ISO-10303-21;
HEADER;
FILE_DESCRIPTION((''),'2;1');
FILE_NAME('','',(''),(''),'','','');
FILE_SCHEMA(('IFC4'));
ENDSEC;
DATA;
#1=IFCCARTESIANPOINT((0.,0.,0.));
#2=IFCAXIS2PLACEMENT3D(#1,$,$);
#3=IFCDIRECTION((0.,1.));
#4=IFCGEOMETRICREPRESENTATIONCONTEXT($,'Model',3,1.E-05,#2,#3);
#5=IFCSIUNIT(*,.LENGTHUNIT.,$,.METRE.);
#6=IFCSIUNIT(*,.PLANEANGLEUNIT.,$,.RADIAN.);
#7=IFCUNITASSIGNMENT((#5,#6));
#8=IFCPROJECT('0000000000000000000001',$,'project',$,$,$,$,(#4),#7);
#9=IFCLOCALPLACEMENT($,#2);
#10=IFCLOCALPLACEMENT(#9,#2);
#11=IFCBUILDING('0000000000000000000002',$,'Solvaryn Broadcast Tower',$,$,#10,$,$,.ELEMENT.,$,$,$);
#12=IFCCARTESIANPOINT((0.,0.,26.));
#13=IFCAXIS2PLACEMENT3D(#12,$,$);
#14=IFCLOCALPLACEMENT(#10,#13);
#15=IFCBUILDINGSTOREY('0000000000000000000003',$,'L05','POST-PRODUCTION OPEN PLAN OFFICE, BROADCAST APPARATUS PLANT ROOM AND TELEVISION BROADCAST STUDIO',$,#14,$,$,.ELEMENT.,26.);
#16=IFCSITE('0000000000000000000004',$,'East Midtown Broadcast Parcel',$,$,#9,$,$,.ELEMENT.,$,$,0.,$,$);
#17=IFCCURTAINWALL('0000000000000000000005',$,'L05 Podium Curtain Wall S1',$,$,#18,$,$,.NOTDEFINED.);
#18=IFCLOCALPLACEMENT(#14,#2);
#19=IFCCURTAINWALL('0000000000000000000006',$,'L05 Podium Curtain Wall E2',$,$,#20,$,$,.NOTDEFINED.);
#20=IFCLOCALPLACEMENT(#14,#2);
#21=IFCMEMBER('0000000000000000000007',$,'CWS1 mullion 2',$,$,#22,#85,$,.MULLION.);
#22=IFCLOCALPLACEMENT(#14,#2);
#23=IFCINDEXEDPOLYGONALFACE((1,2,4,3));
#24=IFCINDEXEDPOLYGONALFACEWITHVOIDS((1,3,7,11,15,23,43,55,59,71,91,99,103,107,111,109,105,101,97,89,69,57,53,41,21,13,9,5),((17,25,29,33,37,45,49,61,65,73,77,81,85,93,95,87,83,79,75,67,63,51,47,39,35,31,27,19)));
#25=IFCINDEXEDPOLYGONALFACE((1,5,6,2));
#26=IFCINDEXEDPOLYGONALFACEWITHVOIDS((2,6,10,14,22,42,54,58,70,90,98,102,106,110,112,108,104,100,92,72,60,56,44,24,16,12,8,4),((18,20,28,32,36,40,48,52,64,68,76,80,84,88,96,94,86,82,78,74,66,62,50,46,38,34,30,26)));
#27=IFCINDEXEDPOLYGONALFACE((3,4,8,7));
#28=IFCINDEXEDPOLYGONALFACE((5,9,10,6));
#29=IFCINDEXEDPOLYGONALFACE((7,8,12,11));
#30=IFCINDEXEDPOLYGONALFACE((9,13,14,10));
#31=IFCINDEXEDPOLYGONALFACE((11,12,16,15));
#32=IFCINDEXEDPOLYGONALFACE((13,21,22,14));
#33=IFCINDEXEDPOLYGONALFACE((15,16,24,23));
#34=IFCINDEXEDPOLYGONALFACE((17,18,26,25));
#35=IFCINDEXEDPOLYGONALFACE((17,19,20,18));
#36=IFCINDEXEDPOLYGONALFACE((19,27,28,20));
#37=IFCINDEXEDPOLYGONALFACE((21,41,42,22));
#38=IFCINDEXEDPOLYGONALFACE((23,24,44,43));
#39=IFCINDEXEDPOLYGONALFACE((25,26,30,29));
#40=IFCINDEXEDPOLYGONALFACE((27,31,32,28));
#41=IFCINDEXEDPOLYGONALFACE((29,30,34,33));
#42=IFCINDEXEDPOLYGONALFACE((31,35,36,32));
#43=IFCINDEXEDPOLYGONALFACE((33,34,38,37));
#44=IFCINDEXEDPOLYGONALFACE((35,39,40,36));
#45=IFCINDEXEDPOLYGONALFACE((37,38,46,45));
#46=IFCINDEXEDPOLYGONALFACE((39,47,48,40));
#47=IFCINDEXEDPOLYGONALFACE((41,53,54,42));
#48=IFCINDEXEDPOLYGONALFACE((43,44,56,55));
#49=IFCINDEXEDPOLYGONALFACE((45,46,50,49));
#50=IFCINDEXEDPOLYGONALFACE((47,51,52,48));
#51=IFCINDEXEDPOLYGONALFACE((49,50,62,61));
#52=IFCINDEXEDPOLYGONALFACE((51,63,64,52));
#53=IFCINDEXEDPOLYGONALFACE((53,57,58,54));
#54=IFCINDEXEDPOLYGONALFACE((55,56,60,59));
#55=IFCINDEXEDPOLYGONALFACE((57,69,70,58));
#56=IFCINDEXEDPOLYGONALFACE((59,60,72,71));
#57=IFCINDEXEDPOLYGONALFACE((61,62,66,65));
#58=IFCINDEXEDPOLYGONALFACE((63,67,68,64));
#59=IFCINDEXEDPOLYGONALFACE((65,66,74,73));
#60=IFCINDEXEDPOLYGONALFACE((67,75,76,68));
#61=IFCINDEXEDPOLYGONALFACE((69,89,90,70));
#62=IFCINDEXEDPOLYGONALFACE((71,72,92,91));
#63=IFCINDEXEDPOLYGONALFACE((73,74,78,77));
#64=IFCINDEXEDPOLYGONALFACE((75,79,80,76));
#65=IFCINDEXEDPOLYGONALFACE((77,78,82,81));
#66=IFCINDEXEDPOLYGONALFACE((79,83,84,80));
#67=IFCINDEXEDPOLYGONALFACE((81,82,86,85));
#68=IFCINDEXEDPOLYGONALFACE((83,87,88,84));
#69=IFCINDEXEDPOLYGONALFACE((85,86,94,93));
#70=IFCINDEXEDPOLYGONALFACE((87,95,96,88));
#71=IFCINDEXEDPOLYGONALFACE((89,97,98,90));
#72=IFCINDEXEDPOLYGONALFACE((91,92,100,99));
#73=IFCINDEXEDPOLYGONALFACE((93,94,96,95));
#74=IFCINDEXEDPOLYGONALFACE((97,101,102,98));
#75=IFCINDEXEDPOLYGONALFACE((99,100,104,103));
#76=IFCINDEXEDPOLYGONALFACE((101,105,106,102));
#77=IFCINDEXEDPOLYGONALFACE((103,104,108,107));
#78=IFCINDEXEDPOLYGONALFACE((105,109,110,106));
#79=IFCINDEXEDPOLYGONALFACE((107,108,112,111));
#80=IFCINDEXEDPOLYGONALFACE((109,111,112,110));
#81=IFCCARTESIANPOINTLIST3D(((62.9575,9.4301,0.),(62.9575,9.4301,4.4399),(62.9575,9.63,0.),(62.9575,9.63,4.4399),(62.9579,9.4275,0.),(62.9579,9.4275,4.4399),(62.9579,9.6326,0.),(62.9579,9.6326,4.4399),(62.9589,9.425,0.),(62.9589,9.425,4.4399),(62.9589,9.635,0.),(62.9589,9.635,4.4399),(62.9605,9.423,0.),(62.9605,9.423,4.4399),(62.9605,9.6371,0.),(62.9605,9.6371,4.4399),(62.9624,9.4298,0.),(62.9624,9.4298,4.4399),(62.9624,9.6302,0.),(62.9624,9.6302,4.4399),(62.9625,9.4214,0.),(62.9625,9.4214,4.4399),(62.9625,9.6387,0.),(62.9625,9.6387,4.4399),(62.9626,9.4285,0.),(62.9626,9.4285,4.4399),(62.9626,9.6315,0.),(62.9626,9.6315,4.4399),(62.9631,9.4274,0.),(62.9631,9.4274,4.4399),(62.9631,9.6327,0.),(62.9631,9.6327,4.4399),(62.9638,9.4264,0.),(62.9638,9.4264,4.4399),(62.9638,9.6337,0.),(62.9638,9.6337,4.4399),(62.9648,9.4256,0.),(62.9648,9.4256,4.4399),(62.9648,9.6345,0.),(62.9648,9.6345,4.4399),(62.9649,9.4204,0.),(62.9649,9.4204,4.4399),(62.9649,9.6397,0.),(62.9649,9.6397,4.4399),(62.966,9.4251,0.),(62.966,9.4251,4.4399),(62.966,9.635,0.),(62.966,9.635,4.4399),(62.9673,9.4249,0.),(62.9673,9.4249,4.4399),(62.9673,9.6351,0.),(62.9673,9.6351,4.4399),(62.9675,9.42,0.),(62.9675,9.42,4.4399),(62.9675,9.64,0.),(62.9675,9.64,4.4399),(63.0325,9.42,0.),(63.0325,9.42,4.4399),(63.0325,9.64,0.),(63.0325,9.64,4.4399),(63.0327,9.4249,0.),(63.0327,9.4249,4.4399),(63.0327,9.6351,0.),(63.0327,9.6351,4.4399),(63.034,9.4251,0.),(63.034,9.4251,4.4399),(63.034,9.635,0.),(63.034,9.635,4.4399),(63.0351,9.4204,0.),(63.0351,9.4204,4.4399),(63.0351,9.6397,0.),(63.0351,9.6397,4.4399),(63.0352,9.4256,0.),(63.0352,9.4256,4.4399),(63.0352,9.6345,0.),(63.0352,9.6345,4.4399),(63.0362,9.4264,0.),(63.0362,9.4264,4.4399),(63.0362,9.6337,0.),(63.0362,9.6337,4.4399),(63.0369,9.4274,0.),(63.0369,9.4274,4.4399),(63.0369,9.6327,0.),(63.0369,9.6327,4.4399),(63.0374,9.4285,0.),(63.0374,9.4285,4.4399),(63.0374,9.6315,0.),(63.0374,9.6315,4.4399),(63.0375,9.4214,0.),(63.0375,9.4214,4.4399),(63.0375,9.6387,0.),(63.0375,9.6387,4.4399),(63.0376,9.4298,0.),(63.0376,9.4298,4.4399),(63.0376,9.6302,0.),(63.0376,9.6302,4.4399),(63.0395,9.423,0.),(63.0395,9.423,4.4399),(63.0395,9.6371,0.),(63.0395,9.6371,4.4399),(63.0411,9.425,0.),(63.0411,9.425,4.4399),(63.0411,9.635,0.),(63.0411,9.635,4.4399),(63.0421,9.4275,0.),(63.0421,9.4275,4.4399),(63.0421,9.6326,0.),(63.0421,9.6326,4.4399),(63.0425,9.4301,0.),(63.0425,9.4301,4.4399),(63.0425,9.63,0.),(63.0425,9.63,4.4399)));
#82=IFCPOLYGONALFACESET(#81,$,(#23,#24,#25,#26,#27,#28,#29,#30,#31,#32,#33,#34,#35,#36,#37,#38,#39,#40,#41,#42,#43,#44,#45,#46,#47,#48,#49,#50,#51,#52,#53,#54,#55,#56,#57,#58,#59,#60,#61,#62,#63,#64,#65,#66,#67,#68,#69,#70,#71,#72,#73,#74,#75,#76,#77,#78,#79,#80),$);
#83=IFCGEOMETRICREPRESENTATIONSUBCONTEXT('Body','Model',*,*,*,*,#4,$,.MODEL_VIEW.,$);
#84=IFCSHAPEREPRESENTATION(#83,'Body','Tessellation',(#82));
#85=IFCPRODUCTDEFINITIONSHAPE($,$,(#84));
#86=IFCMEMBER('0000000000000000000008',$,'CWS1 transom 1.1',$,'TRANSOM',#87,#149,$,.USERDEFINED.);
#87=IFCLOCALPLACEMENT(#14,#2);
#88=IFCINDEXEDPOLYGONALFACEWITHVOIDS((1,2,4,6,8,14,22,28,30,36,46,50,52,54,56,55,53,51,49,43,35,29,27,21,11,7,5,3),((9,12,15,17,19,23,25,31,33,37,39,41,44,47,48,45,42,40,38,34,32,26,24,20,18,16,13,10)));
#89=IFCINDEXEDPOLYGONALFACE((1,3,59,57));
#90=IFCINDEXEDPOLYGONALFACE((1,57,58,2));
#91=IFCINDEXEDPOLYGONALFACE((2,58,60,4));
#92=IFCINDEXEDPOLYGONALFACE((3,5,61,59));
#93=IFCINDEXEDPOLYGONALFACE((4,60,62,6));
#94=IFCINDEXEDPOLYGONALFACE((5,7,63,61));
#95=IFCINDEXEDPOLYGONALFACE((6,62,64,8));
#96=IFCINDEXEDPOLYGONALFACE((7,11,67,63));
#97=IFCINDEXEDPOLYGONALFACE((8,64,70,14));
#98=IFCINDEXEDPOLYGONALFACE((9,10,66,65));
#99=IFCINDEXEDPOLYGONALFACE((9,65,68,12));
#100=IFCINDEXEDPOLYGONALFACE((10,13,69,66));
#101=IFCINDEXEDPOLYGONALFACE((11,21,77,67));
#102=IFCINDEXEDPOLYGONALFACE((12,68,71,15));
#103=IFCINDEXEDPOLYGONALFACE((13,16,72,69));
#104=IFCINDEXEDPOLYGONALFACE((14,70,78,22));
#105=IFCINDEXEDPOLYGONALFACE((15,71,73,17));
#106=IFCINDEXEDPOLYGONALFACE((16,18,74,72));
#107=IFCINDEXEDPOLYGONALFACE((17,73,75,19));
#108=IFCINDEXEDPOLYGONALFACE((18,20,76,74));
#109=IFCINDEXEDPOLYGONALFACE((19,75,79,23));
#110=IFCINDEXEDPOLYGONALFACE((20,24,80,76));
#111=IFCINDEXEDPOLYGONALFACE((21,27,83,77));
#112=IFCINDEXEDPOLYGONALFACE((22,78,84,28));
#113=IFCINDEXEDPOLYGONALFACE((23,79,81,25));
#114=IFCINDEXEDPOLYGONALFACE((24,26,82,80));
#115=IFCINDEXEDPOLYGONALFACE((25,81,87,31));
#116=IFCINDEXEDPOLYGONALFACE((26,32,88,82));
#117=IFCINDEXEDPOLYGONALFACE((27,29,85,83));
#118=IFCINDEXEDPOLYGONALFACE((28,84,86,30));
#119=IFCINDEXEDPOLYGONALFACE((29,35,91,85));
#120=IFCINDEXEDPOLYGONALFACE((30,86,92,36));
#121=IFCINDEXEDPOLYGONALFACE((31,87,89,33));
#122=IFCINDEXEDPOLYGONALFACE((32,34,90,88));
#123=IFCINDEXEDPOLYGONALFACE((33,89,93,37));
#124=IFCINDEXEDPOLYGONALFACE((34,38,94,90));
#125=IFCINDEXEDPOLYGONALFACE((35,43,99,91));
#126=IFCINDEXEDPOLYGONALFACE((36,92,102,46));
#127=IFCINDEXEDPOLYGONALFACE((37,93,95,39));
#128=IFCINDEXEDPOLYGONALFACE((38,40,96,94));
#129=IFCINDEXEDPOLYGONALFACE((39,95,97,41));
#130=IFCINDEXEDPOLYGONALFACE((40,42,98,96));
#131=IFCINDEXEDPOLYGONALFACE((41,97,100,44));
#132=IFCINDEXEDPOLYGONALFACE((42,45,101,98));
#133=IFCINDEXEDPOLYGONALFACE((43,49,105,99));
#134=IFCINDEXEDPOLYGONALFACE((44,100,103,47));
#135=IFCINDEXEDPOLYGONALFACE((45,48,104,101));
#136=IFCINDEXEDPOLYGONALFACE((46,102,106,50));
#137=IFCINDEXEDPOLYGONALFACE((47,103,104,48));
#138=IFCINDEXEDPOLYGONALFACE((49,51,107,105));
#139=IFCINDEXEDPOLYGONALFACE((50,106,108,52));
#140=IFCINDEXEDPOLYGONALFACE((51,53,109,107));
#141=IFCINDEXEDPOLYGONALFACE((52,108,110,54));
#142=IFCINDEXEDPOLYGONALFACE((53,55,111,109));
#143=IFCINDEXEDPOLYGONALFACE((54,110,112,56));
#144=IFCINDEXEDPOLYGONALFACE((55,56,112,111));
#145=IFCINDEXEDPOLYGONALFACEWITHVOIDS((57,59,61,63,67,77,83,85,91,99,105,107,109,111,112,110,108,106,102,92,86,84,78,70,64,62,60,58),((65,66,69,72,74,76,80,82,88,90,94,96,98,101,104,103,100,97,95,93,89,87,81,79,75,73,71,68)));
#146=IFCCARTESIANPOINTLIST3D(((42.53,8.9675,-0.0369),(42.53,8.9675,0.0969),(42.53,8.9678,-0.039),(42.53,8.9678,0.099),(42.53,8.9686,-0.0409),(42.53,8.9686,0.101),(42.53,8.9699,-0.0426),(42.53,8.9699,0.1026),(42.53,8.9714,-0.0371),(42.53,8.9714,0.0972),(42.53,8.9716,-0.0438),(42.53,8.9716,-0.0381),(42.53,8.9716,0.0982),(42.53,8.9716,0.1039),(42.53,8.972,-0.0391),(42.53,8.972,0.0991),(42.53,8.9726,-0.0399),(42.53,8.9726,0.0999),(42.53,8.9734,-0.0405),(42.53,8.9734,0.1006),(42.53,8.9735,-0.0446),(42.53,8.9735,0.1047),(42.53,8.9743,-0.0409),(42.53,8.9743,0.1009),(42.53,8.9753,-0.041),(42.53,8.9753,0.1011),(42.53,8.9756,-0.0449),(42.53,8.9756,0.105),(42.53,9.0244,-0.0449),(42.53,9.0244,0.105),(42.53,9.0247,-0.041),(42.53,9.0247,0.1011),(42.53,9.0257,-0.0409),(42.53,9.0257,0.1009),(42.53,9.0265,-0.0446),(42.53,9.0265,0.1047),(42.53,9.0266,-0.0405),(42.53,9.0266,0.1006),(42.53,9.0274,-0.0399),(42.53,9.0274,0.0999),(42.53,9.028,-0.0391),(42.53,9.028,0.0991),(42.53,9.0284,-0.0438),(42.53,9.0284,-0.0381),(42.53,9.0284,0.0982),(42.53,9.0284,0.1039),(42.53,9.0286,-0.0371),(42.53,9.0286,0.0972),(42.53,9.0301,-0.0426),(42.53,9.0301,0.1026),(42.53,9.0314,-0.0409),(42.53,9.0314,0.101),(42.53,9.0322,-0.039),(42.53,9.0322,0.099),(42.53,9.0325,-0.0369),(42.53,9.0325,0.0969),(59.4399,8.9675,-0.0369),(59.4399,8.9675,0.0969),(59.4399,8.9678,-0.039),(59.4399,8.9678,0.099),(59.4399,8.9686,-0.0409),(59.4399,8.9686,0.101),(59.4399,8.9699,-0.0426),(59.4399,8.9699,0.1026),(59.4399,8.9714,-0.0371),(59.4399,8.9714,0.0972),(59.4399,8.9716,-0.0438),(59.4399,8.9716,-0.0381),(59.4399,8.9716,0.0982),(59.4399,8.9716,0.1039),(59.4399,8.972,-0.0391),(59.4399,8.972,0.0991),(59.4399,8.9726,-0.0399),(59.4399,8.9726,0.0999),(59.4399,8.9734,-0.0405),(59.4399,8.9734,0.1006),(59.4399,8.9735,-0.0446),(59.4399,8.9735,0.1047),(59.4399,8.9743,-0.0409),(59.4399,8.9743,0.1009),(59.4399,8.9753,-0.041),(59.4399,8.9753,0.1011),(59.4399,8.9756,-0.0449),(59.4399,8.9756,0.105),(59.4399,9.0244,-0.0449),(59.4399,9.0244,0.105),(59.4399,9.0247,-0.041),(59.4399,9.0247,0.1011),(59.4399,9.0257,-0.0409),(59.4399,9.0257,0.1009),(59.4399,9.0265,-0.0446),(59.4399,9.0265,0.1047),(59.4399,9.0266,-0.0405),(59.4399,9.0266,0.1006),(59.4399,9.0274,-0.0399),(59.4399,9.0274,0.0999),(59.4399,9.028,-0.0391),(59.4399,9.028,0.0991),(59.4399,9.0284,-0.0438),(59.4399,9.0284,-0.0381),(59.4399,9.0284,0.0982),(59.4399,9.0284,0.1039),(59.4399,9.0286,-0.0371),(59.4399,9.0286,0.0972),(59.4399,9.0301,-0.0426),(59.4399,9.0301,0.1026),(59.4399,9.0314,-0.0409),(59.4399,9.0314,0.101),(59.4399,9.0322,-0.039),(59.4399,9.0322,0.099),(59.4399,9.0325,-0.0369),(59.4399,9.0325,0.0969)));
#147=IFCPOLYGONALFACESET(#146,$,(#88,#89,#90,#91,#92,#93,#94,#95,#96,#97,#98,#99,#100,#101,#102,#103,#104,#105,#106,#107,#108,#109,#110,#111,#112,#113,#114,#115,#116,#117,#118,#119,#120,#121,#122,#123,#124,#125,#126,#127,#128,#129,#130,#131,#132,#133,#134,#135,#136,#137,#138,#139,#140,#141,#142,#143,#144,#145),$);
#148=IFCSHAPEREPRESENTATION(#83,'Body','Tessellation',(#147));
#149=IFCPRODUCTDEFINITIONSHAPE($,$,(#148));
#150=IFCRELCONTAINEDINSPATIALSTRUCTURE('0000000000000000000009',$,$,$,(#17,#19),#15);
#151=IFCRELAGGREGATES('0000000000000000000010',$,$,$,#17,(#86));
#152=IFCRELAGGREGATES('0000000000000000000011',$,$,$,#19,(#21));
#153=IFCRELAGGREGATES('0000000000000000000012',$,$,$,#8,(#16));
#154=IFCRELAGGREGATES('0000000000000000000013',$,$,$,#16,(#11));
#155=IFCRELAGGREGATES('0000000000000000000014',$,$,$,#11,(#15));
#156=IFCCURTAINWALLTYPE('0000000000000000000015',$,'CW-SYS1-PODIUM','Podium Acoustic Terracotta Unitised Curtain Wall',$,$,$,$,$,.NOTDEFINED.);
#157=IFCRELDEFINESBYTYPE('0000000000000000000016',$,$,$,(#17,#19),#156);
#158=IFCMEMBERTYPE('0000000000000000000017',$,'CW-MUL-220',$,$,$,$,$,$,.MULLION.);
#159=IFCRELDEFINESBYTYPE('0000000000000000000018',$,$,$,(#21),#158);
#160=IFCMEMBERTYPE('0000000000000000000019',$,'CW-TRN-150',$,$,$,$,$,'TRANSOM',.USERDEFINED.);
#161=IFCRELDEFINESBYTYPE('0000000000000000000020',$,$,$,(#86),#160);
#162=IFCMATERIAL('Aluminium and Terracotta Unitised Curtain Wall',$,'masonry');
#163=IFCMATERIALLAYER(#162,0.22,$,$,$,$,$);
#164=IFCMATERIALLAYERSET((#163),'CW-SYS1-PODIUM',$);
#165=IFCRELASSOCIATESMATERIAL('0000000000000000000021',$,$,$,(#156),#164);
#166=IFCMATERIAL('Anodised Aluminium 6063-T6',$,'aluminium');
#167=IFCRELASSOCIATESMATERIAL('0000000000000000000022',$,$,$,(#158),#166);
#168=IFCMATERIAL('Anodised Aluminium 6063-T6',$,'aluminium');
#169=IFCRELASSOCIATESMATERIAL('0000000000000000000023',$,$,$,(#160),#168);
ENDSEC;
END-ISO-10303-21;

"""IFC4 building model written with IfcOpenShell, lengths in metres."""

from ifc_helpers import new_model, si_unit, direction, frame, origin, origin_2d, place, context, subcontext, project, spatial, hollow_rectangle, extrude, material, layer, layer_set, material_profile, profile_set, type_object, element, aggregate, save


model = new_model("IFC4")

# Units and contexts
model_context = context("Model", 3, precision=1e-05, world=origin(), true_north=direction((0.0, 1.0)))
body_context = subcontext(model_context, "Body", "Model", "MODEL_VIEW")
ifc_project = project(units=[si_unit("LENGTHUNIT", "METRE"), si_unit("PLANEANGLEUNIT", "RADIAN")], contexts=[model_context])

# Site, building, storey
site_placement = place(None, origin())
site = spatial("IfcSite", under=ifc_project, at=site_placement, Name="East Midtown Broadcast Parcel", CompositionType="ELEMENT", RefElevation=0.0)
building_placement = place(site_placement, origin())
building = spatial("IfcBuilding", under=site, at=building_placement, Name="Solvaryn Broadcast Tower", CompositionType="ELEMENT")
storey_placement = place(building_placement, frame((0.0, 0.0, 26.0)))
storey = spatial("IfcBuildingStorey", under=building, at=storey_placement, Name="L05", Description="POST-PRODUCTION OPEN PLAN OFFICE, BROADCAST APPARATUS PLANT ROOM AND TELEVISION BROADCAST STUDIO", CompositionType="ELEMENT", Elevation=26.0)

# Curtain walls, member
ifc_material_1 = material(Name="Aluminium and Terracotta Unitised Curtain Wall", Category="masonry")
ifc_layer_1 = layer(ifc_material_1, 0.22)
ifc_layer_set_1 = layer_set([ifc_layer_1], Name="CW-SYS1-PODIUM")
curtain_wall_type = type_object("IfcCurtainWallType", Name="CW-SYS1-PODIUM", Description="Podium Acoustic Terracotta Unitised Curtain Wall", PredefinedType="NOTDEFINED", material=ifc_layer_set_1)
curtain_wall_1_placement = place(storey_placement, origin())
curtain_wall_1 = element("IfcCurtainWall", 1, at=curtain_wall_1_placement, inside=storey, type_object=curtain_wall_type, Name="L05 Podium Curtain Wall S1", PredefinedType="NOTDEFINED")
ifc_material_2 = material(Name="Anodised Aluminium 6063-T6", Category="aluminium")
ifc_material_profile_1 = material_profile(ifc_material_2, hollow_rectangle(XDim=0.085, YDim=0.22, WallThickness=0.0049, InnerFilletRadius=0.0049, OuterFilletRadius=0.01, at=origin_2d()))
ifc_profile_set_1 = profile_set([ifc_material_profile_1], Name="Anodised Aluminium 6063-T6")
member_type_1 = type_object("IfcMemberType", Name="CW-MUL-220", PredefinedType="MULLION", material=ifc_profile_set_1)
curtain_wall_2_placement = place(storey_placement, origin())
curtain_wall_2 = element("IfcCurtainWall", 2, at=curtain_wall_2_placement, inside=storey, type_object=curtain_wall_type, Name="L05 Podium Curtain Wall E2", PredefinedType="NOTDEFINED")
member_1_placement = place(storey_placement, frame((63.0, 9.53, 0.0), z_axis=(0.0, 0.0, 1.0), x_axis=(1.0, 0.0, 0.0)))
member_1 = element("IfcMember", 3, at=member_1_placement, type_object=member_type_1, Name="CWS1 mullion 2", PredefinedType="MULLION", context=body_context, shape_type="SweptSolid", body=[
    extrude(hollow_rectangle(XDim=0.085, YDim=0.22, WallThickness=0.0049, InnerFilletRadius=0.0049, OuterFilletRadius=0.01, at=origin_2d()), origin(), (0.0, 0.0, 1.0), 4.4399),
])

# Member
ifc_material_3 = material(Name="Anodised Aluminium 6063-T6", Category="aluminium")
ifc_material_profile_2 = material_profile(ifc_material_3, hollow_rectangle(XDim=0.0649, YDim=0.1499, WallThickness=0.0039, InnerFilletRadius=0.0039, OuterFilletRadius=0.0081, at=origin_2d()))
ifc_profile_set_2 = profile_set([ifc_material_profile_2], Name="Anodised Aluminium 6063-T6")
member_type_2 = type_object("IfcMemberType", Name="CW-TRN-150", ElementType="TRANSOM", PredefinedType="USERDEFINED", material=ifc_profile_set_2)
member_2_placement = place(storey_placement, frame((59.4399, 9.0, 0.03), z_axis=(-1.0, 0.0, 0.0), x_axis=(0.0, -1.0, 0.0)))
member_2 = element("IfcMember", 4, at=member_2_placement, type_object=member_type_2, Name="CWS1 transom 1.1", ObjectType="TRANSOM", PredefinedType="USERDEFINED", context=body_context, shape_type="SweptSolid", body=[
    extrude(hollow_rectangle(XDim=0.0649, YDim=0.1499, WallThickness=0.0039, InnerFilletRadius=0.0039, OuterFilletRadius=0.0081, at=origin_2d()), origin(), (0.0, 0.0, 1.0), 16.9099),
])
aggregate(curtain_wall_1, [member_2])

aggregate(curtain_wall_2, [member_1])

save(model, "model.ifc")
